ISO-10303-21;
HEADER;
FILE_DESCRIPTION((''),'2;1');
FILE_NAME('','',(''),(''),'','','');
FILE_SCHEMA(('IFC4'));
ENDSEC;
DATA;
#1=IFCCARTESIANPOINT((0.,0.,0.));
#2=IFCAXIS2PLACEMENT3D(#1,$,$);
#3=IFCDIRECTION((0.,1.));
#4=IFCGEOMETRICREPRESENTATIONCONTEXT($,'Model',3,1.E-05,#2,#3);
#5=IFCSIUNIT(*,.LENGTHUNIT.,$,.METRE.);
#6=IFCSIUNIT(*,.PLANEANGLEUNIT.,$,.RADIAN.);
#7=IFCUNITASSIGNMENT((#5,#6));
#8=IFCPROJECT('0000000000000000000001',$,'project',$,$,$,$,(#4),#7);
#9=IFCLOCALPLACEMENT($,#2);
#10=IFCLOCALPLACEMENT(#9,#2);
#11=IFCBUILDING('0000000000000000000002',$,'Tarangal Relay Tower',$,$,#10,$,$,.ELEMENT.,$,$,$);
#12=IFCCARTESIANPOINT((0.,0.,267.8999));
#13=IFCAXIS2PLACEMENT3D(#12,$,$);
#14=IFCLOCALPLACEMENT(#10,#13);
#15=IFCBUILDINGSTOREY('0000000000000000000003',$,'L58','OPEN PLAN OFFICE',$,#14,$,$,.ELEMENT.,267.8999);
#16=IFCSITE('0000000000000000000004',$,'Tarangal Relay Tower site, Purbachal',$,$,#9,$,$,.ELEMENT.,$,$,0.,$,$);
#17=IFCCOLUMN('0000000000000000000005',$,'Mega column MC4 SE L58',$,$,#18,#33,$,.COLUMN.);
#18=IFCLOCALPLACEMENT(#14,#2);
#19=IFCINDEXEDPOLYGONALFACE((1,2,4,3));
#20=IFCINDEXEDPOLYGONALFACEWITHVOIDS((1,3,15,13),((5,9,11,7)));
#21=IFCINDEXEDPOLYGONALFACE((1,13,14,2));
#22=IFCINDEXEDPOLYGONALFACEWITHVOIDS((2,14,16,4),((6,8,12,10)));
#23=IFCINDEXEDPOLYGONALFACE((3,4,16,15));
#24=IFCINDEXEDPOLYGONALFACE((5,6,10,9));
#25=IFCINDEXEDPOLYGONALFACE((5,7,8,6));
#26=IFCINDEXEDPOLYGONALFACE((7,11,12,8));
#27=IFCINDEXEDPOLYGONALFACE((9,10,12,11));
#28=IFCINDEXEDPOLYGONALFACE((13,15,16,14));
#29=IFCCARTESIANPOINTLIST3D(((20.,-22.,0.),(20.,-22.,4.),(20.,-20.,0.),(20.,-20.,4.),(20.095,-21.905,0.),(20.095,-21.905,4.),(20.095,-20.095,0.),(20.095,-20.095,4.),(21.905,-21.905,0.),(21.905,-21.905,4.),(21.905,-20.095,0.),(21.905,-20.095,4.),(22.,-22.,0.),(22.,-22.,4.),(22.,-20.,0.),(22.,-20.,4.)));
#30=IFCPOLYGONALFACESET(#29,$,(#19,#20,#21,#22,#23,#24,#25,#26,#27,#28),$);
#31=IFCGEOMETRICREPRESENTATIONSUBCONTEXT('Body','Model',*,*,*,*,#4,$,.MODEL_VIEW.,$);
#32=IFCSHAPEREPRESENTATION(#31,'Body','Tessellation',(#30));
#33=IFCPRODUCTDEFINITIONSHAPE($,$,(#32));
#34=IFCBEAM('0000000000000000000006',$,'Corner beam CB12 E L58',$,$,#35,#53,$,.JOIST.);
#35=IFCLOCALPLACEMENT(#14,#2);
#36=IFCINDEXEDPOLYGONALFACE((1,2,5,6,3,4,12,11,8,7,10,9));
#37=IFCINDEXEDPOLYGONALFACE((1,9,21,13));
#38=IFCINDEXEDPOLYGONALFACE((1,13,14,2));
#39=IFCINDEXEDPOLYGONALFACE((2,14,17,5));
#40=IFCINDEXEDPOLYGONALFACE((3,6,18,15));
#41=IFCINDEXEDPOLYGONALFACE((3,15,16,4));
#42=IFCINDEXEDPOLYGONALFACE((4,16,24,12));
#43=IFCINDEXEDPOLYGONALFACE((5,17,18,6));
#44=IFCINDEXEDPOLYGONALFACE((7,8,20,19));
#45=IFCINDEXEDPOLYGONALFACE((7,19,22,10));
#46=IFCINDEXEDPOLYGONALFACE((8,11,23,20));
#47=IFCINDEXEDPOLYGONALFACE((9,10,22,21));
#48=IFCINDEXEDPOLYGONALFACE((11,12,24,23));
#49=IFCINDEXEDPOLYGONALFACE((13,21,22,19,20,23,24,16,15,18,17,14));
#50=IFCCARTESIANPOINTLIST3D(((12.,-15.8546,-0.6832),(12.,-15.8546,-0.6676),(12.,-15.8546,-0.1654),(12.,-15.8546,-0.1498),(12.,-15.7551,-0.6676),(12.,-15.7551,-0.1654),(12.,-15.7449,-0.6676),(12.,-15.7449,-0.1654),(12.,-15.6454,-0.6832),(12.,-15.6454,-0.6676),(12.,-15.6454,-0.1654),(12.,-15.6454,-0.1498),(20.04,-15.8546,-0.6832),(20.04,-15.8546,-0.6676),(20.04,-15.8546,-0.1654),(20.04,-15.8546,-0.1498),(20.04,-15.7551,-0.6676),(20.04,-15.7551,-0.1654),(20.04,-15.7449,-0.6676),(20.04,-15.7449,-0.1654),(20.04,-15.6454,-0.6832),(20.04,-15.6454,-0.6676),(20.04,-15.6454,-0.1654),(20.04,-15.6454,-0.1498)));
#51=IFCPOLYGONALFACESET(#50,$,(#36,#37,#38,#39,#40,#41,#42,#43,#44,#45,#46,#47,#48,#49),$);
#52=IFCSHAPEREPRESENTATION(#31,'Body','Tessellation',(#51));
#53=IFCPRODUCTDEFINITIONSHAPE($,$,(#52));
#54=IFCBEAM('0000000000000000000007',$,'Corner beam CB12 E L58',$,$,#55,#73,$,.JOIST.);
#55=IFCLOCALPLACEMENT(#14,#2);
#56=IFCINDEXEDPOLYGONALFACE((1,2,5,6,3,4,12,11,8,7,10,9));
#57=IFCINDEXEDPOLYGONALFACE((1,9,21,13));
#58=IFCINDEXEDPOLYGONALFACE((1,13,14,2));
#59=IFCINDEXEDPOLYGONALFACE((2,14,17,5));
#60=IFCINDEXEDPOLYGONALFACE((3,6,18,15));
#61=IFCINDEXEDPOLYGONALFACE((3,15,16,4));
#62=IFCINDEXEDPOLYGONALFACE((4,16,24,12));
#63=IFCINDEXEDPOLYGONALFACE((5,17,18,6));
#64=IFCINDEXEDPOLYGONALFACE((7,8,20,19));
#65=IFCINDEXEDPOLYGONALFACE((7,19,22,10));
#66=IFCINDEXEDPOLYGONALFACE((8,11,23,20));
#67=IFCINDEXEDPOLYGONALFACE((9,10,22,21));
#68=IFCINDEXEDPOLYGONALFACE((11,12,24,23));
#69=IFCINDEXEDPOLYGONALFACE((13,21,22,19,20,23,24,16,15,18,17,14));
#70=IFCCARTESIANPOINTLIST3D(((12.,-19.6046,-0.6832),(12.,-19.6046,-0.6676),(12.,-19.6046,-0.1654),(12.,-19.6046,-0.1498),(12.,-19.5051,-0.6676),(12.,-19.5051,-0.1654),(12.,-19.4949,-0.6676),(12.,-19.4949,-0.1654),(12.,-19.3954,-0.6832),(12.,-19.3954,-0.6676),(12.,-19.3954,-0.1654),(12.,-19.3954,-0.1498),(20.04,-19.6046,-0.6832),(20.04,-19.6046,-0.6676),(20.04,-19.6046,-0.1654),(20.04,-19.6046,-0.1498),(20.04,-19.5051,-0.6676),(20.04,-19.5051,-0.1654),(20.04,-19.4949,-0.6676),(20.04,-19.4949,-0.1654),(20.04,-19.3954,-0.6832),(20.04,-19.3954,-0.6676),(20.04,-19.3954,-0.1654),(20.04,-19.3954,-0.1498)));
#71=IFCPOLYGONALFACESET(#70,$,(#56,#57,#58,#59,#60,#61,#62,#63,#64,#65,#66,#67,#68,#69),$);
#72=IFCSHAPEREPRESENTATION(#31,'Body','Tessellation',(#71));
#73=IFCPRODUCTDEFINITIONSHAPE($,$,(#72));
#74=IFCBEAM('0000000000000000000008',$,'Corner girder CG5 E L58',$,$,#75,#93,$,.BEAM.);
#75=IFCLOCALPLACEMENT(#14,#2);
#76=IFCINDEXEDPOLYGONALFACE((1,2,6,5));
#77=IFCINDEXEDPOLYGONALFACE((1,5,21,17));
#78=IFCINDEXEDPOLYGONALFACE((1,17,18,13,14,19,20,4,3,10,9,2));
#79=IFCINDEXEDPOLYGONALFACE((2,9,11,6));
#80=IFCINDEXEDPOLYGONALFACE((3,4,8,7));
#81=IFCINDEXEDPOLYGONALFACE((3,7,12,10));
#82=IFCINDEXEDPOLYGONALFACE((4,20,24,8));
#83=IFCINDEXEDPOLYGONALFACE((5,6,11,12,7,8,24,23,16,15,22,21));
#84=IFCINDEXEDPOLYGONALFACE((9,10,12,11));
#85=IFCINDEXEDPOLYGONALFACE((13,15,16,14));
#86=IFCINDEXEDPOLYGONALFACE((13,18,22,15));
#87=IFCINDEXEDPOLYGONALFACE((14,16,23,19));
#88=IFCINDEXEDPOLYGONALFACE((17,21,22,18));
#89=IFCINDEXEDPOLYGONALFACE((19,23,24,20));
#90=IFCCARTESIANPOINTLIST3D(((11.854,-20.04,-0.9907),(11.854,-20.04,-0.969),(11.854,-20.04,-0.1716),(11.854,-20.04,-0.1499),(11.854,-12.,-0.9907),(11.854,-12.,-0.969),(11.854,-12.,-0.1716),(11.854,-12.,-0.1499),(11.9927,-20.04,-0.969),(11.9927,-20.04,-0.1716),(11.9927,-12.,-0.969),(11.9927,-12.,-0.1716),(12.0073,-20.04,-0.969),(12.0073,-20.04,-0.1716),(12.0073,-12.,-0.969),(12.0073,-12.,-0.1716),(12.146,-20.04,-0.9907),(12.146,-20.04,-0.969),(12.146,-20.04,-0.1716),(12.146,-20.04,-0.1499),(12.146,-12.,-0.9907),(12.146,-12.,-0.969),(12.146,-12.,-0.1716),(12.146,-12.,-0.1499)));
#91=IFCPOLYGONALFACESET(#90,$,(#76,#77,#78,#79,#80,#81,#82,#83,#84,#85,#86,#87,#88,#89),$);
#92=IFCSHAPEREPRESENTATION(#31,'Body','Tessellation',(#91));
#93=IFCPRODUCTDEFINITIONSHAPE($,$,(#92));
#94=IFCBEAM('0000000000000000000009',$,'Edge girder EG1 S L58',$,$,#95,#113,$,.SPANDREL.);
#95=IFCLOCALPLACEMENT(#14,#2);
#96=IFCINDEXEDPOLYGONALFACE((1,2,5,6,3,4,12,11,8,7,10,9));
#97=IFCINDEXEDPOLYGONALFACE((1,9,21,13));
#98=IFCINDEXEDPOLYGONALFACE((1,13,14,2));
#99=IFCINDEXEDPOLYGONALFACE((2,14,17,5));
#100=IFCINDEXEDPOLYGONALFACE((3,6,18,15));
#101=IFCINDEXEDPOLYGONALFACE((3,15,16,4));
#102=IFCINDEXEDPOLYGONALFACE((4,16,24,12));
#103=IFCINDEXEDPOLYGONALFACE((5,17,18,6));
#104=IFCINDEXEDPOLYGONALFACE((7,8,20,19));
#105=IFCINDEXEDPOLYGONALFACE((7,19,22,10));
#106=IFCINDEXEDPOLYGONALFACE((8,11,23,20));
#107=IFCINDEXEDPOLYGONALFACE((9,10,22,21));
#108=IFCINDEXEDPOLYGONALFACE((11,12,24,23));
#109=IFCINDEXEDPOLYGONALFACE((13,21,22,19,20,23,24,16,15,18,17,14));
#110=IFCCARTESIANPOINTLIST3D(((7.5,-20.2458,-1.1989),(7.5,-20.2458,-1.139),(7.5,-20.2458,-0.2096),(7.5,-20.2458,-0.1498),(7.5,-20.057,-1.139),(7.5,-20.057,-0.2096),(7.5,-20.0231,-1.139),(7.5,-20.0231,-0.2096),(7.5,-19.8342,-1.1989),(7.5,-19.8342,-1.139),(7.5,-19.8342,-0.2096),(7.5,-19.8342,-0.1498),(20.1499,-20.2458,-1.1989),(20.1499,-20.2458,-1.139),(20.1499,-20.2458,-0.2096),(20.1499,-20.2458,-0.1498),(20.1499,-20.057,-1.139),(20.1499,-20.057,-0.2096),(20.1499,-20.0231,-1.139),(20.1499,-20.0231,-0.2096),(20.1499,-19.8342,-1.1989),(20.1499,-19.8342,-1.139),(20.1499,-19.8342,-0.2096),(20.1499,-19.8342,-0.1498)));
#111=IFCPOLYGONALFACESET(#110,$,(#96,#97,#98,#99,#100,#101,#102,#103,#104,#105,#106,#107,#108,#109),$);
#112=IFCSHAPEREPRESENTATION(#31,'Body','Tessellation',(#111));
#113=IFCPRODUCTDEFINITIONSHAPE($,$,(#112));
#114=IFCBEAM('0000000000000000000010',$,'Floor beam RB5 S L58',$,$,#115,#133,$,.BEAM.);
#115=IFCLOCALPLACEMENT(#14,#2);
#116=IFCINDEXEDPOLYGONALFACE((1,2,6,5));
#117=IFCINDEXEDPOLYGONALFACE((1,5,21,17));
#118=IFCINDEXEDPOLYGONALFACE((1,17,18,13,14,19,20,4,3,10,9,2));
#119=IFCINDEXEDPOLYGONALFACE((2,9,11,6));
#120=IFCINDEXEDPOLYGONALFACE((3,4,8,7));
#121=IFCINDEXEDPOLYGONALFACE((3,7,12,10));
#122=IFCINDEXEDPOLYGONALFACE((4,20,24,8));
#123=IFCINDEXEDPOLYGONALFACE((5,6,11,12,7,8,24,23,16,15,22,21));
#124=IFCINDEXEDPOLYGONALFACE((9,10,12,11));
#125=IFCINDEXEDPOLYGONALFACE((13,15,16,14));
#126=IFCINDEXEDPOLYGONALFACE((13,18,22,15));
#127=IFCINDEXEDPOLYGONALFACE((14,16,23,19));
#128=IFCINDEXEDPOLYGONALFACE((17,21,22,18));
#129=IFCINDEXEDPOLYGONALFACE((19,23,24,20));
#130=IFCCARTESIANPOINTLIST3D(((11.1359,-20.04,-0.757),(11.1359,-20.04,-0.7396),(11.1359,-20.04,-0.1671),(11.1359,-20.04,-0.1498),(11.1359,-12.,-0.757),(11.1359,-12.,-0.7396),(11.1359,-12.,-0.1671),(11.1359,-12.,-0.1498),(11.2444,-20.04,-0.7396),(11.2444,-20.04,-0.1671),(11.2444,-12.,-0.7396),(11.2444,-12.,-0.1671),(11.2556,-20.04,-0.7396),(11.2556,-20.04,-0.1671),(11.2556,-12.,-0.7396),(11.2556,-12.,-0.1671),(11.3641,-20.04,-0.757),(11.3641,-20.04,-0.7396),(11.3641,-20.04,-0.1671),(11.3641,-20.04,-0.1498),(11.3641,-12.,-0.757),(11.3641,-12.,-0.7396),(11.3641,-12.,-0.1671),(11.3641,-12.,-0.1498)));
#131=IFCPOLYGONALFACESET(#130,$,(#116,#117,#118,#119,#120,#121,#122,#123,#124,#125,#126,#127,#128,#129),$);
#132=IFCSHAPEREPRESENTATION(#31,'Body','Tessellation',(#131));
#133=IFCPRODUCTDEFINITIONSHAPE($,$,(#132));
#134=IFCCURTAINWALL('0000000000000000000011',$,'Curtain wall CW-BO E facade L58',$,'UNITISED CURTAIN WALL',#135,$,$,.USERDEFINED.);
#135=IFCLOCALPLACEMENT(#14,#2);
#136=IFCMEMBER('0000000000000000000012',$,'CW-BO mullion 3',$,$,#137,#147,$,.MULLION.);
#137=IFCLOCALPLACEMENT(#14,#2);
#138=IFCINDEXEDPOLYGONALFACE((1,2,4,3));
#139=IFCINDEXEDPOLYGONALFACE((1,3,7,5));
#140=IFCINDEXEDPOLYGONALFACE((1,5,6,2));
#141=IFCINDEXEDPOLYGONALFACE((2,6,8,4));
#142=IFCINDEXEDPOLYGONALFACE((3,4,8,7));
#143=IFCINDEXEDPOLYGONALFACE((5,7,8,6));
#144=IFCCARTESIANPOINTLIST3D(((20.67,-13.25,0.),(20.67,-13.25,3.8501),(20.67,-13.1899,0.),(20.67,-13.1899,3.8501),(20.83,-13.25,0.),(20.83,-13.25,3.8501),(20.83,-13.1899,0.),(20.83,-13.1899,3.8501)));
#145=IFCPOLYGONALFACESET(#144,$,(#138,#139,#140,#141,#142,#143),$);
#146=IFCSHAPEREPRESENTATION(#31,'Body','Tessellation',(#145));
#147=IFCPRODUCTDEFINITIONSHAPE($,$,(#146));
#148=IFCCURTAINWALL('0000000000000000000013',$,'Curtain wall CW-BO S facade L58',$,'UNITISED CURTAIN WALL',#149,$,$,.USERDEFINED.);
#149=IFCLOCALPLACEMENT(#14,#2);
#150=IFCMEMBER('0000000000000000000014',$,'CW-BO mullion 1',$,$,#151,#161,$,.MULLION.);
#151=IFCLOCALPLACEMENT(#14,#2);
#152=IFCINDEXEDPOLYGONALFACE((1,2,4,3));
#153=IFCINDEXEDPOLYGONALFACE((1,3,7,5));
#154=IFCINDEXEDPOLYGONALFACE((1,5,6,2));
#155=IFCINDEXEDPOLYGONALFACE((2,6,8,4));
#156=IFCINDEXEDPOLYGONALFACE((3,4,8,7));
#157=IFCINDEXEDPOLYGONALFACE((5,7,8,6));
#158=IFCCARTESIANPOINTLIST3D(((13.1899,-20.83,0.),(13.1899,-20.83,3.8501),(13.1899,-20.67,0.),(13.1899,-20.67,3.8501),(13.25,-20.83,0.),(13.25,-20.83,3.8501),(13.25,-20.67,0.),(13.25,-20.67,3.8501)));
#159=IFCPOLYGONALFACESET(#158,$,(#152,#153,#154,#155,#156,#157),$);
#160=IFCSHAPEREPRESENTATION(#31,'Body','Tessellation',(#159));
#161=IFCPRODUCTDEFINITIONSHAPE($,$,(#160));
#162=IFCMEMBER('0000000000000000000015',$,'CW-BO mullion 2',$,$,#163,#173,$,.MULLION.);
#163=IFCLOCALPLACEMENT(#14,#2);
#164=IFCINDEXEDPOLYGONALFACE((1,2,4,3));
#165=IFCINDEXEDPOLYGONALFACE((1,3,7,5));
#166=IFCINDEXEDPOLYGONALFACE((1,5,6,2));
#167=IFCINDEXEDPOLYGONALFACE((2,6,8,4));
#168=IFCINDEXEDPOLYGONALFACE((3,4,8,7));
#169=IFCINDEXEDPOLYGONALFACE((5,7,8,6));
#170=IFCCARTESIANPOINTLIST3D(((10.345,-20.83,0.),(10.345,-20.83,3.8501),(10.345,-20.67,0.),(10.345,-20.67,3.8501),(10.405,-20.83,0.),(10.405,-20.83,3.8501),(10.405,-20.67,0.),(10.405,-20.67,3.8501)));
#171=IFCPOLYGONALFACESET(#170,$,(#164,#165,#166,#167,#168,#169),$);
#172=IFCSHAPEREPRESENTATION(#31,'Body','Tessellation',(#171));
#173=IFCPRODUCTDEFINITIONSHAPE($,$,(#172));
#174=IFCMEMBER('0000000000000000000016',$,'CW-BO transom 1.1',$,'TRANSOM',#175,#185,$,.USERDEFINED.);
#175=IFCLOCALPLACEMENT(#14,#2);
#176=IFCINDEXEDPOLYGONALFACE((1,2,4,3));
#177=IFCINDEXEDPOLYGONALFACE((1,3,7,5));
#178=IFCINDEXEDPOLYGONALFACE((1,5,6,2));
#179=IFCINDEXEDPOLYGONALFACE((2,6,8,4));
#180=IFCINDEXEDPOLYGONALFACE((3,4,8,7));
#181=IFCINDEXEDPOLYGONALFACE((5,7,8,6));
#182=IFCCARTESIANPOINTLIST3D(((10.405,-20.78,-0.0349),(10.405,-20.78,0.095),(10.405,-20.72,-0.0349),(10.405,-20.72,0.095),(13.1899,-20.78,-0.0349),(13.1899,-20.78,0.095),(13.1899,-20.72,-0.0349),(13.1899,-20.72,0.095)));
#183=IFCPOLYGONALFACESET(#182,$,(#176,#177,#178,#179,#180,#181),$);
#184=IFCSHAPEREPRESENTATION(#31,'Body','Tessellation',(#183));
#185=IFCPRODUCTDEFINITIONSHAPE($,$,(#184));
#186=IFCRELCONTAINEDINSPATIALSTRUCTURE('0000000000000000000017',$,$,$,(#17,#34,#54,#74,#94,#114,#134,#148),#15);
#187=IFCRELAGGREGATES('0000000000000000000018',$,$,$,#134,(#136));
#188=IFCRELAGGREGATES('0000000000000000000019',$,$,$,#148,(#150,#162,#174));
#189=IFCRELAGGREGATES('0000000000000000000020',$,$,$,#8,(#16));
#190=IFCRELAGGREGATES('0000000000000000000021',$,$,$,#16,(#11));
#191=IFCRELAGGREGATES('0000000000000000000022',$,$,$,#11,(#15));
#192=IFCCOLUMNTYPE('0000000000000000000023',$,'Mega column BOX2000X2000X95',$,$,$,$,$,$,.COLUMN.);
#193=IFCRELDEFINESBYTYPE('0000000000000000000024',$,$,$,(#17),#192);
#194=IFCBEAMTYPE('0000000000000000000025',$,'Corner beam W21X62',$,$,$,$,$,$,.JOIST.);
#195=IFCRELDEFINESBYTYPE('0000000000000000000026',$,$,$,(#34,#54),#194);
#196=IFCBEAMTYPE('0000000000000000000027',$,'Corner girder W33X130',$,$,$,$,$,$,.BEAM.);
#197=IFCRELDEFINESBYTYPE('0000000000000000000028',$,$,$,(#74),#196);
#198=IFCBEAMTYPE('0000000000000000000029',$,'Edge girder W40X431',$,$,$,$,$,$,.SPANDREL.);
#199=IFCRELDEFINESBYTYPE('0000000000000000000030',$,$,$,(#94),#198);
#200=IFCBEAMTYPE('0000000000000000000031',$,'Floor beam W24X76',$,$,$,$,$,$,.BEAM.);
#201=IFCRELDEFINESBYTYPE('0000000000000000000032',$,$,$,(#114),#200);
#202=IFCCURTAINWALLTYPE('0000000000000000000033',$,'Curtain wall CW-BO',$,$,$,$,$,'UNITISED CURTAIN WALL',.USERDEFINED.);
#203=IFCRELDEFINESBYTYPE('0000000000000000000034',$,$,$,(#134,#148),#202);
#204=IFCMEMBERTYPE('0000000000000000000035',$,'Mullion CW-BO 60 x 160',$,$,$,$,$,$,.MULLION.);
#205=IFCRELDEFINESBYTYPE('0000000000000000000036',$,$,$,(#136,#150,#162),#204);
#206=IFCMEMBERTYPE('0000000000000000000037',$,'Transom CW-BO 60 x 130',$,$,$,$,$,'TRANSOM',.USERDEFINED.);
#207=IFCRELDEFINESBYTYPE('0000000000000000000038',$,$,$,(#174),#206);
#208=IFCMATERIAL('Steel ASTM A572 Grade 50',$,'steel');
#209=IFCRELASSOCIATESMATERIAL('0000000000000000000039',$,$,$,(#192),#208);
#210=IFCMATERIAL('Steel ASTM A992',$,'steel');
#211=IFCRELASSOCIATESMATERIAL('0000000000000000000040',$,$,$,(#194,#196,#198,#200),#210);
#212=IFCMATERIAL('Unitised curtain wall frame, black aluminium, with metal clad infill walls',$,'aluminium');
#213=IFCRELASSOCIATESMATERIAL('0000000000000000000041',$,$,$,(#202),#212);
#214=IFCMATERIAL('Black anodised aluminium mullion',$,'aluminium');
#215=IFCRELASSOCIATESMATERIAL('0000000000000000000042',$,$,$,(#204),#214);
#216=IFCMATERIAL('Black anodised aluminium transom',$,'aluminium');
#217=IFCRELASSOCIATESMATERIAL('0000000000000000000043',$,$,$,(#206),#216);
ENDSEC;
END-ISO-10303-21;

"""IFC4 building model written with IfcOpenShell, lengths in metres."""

from ifc_helpers import new_model, si_unit, direction, frame, origin, origin_2d, place, context, subcontext, project, spatial, rectangle, hollow_rectangle, i_section, extrude, material, material_profile, profile_set, type_object, element, aggregate, save


model = new_model("IFC4")

# Units and contexts
model_context = context("Model", 3, precision=1e-05, world=origin(), true_north=direction((0.0, 1.0)))
body_context = subcontext(model_context, "Body", "Model", "MODEL_VIEW")
ifc_project = project(units=[si_unit("LENGTHUNIT", "METRE"), si_unit("PLANEANGLEUNIT", "RADIAN")], contexts=[model_context])

# Site, building, storey
site_placement = place(None, origin())
site = spatial("IfcSite", under=ifc_project, at=site_placement, Name="Tarangal Relay Tower site, Purbachal", CompositionType="ELEMENT", RefElevation=0.0)
building_placement = place(site_placement, origin())
building = spatial("IfcBuilding", under=site, at=building_placement, Name="Tarangal Relay Tower", CompositionType="ELEMENT")
storey_placement = place(building_placement, frame((0.0, 0.0, 267.8999)))
storey = spatial("IfcBuildingStorey", under=building, at=storey_placement, Name="L58", Description="OPEN PLAN OFFICE", CompositionType="ELEMENT", Elevation=267.8999)

# Column
ifc_material_1 = material(Name="Steel ASTM A572 Grade 50", Category="steel")
ifc_material_profile_1 = material_profile(ifc_material_1, hollow_rectangle(XDim=2.0, YDim=2.0, WallThickness=0.095, at=origin_2d()), Name="BOX2000X2000X95")
ifc_profile_set_1 = profile_set([ifc_material_profile_1], Name="Steel ASTM A572 Grade 50")
column_type = type_object("IfcColumnType", Name="Mega column BOX2000X2000X95", PredefinedType="COLUMN", material=ifc_profile_set_1)
column_placement = place(storey_placement, frame((21.0, -21.0, 0.0), z_axis=(0.0, 0.0, 1.0), x_axis=(1.0, 0.0, 0.0)))
element("IfcColumn", 1, at=column_placement, inside=storey, type_object=column_type, Name="Mega column MC4 SE L58", PredefinedType="COLUMN", context=body_context, shape_type="SweptSolid", body=[
    extrude(hollow_rectangle(XDim=2.0, YDim=2.0, WallThickness=0.095, at=origin_2d()), origin(), (0.0, 0.0, 1.0), 4.0),
])

# Beams
ifc_material_2 = material(Name="Steel ASTM A992", Category="steel")
ifc_material_profile_2 = material_profile(ifc_material_2, i_section(OverallWidth=0.2092, OverallDepth=0.5334, WebThickness=0.0103, FlangeThickness=0.0156, at=origin_2d()), Name="W21X62")
ifc_profile_set_2 = profile_set([ifc_material_profile_2], Name="Steel ASTM A992")
beam_type_1 = type_object("IfcBeamType", Name="Corner beam W21X62", PredefinedType="JOIST", material=ifc_profile_set_2)
for number, where, z_axis, x_axis, name in (
    (2, (12.0, -15.75, -0.4165), (1.0, 0.0, 0.0), (0.0, 1.0, 0.0), "Corner beam CB12 E L58"),
    (3, (12.0, -19.5, -0.4165), (1.0, 0.0, 0.0), (0.0, 1.0, 0.0), "Corner beam CB12 E L58"),
):
    element("IfcBeam", number, at=place(storey_placement, frame(where, z_axis=z_axis, x_axis=x_axis)), inside=storey, type_object=beam_type_1, Name=name, PredefinedType="JOIST", context=body_context, shape_type="SweptSolid", body=[
        extrude(i_section(OverallWidth=0.2092, OverallDepth=0.5334, WebThickness=0.0103, FlangeThickness=0.0156, at=origin_2d()), origin(), (0.0, 0.0, 1.0), 8.04),
    ])
ifc_material_profile_3 = material_profile(ifc_material_2, i_section(OverallWidth=0.292, OverallDepth=0.8408, WebThickness=0.0146, FlangeThickness=0.0217, at=origin_2d()), Name="W33X130")
ifc_profile_set_3 = profile_set([ifc_material_profile_3], Name="Steel ASTM A992")
beam_type_2 = type_object("IfcBeamType", Name="Corner girder W33X130", PredefinedType="BEAM", material=ifc_profile_set_3)
beam_1_placement = place(storey_placement, frame((12.0, -12.0, -0.5703), z_axis=(0.0, -1.0, 0.0), x_axis=(1.0, 0.0, 0.0)))
element("IfcBeam", 4, at=beam_1_placement, inside=storey, type_object=beam_type_2, Name="Corner girder CG5 E L58", PredefinedType="BEAM", context=body_context, shape_type="SweptSolid", body=[
    extrude(i_section(OverallWidth=0.292, OverallDepth=0.8408, WebThickness=0.0146, FlangeThickness=0.0217, at=origin_2d()), origin(), (0.0, 0.0, 1.0), 8.04),
])
ifc_material_profile_4 = material_profile(ifc_material_2, i_section(OverallWidth=0.4116, OverallDepth=1.0491, WebThickness=0.0339, FlangeThickness=0.0598, at=origin_2d()), Name="W40X431")
ifc_profile_set_4 = profile_set([ifc_material_profile_4], Name="Steel ASTM A992")
beam_type_3 = type_object("IfcBeamType", Name="Edge girder W40X431", PredefinedType="SPANDREL", material=ifc_profile_set_4)
beam_2_placement = place(storey_placement, frame((20.1499, -20.04, -0.6743), z_axis=(-1.0, 0.0, 0.0), x_axis=(0.0, -1.0, 0.0)))
element("IfcBeam", 5, at=beam_2_placement, inside=storey, type_object=beam_type_3, Name="Edge girder EG1 S L58", PredefinedType="SPANDREL", context=body_context, shape_type="SweptSolid", body=[
    extrude(i_section(OverallWidth=0.4116, OverallDepth=1.0491, WebThickness=0.0339, FlangeThickness=0.0598, at=origin_2d()), origin(), (0.0, 0.0, 1.0), 12.6499),
])
ifc_material_profile_5 = material_profile(ifc_material_2, i_section(OverallWidth=0.2283, OverallDepth=0.6072, WebThickness=0.0112, FlangeThickness=0.0173, at=origin_2d()), Name="W24X76")
ifc_profile_set_5 = profile_set([ifc_material_profile_5], Name="Steel ASTM A992")
beam_type_4 = type_object("IfcBeamType", Name="Floor beam W24X76", PredefinedType="BEAM", material=ifc_profile_set_5)
beam_3_placement = place(storey_placement, frame((11.25, -12.0, -0.4534), z_axis=(0.0, -1.0, 0.0), x_axis=(1.0, 0.0, 0.0)))
element("IfcBeam", 6, at=beam_3_placement, inside=storey, type_object=beam_type_4, Name="Floor beam RB5 S L58", PredefinedType="BEAM", context=body_context, shape_type="SweptSolid", body=[
    extrude(i_section(OverallWidth=0.2283, OverallDepth=0.6072, WebThickness=0.0112, FlangeThickness=0.0173, at=origin_2d()), origin(), (0.0, 0.0, 1.0), 8.04),
])

# Curtain wall, member
ifc_material_3 = material(Name="Unitised curtain wall frame, black aluminium, with metal clad infill walls", Category="aluminium")
curtain_wall_type = type_object("IfcCurtainWallType", Name="Curtain wall CW-BO", ElementType="UNITISED CURTAIN WALL", PredefinedType="USERDEFINED", material=ifc_material_3)
curtain_wall_1_placement = place(storey_placement, origin())
curtain_wall_1 = element("IfcCurtainWall", 7, at=curtain_wall_1_placement, inside=storey, type_object=curtain_wall_type, Name="Curtain wall CW-BO E facade L58", ObjectType="UNITISED CURTAIN WALL", PredefinedType="USERDEFINED")
ifc_material_4 = material(Name="Black anodised aluminium mullion", Category="aluminium")
ifc_material_profile_6 = material_profile(ifc_material_4, rectangle(XDim=0.1599, YDim=0.0601, at=origin_2d()), Name="CW-BOM 60X160")
ifc_profile_set_6 = profile_set([ifc_material_profile_6], Name="Black anodised aluminium mullion")
member_type_1 = type_object("IfcMemberType", Name="Mullion CW-BO 60 x 160", PredefinedType="MULLION", material=ifc_profile_set_6)
member_1_placement = place(storey_placement, frame((20.75, -13.22, 0.0), z_axis=(0.0, 0.0, 1.0), x_axis=(1.0, 0.0, 0.0)))
member_1 = element("IfcMember", 8, at=member_1_placement, type_object=member_type_1, Name="CW-BO mullion 3", PredefinedType="MULLION", context=body_context, shape_type="SweptSolid", body=[
    extrude(rectangle(XDim=0.1599, YDim=0.0601, at=origin_2d()), origin(), (0.0, 0.0, 1.0), 3.8501),
])
aggregate(curtain_wall_1, [member_1])

# Curtain wall, members
curtain_wall_2_placement = place(storey_placement, origin())
curtain_wall_2 = element("IfcCurtainWall", 9, at=curtain_wall_2_placement, inside=storey, type_object=curtain_wall_type, Name="Curtain wall CW-BO S facade L58", ObjectType="UNITISED CURTAIN WALL", PredefinedType="USERDEFINED")
member_2_placement = place(storey_placement, frame((13.22, -20.75, 0.0), z_axis=(0.0, 0.0, 1.0), x_axis=(0.0, -1.0, 0.0)))
member_2 = element("IfcMember", 10, at=member_2_placement, type_object=member_type_1, Name="CW-BO mullion 1", PredefinedType="MULLION", context=body_context, shape_type="SweptSolid", body=[
    extrude(rectangle(XDim=0.1599, YDim=0.0601, at=origin_2d()), origin(), (0.0, 0.0, 1.0), 3.8501),
])
member_3_placement = place(storey_placement, frame((10.375, -20.75, 0.0), z_axis=(0.0, 0.0, 1.0), x_axis=(0.0, -1.0, 0.0)))
member_3 = element("IfcMember", 11, at=member_3_placement, type_object=member_type_1, Name="CW-BO mullion 2", PredefinedType="MULLION", context=body_context, shape_type="SweptSolid", body=[
    extrude(rectangle(XDim=0.1599, YDim=0.0601, at=origin_2d()), origin(), (0.0, 0.0, 1.0), 3.8501),
])
ifc_material_5 = material(Name="Black anodised aluminium transom", Category="aluminium")
ifc_material_profile_7 = material_profile(ifc_material_5, rectangle(XDim=0.0601, YDim=0.1299, at=origin_2d()), Name="CW-BOT 60X130")
ifc_profile_set_7 = profile_set([ifc_material_profile_7], Name="Black anodised aluminium transom")
member_type_2 = type_object("IfcMemberType", Name="Transom CW-BO 60 x 130", ElementType="TRANSOM", PredefinedType="USERDEFINED", material=ifc_profile_set_7)
member_4_placement = place(storey_placement, frame((13.1899, -20.75, 0.03), z_axis=(-1.0, 0.0, 0.0), x_axis=(0.0, -1.0, 0.0)))
member_4 = element("IfcMember", 12, at=member_4_placement, type_object=member_type_2, Name="CW-BO transom 1.1", ObjectType="TRANSOM", PredefinedType="USERDEFINED", context=body_context, shape_type="SweptSolid", body=[
    extrude(rectangle(XDim=0.0601, YDim=0.1299, at=origin_2d()), origin(), (0.0, 0.0, 1.0), 2.7849),
])
aggregate(curtain_wall_2, [member_2, member_3, member_4])

save(model, "model.ifc")
